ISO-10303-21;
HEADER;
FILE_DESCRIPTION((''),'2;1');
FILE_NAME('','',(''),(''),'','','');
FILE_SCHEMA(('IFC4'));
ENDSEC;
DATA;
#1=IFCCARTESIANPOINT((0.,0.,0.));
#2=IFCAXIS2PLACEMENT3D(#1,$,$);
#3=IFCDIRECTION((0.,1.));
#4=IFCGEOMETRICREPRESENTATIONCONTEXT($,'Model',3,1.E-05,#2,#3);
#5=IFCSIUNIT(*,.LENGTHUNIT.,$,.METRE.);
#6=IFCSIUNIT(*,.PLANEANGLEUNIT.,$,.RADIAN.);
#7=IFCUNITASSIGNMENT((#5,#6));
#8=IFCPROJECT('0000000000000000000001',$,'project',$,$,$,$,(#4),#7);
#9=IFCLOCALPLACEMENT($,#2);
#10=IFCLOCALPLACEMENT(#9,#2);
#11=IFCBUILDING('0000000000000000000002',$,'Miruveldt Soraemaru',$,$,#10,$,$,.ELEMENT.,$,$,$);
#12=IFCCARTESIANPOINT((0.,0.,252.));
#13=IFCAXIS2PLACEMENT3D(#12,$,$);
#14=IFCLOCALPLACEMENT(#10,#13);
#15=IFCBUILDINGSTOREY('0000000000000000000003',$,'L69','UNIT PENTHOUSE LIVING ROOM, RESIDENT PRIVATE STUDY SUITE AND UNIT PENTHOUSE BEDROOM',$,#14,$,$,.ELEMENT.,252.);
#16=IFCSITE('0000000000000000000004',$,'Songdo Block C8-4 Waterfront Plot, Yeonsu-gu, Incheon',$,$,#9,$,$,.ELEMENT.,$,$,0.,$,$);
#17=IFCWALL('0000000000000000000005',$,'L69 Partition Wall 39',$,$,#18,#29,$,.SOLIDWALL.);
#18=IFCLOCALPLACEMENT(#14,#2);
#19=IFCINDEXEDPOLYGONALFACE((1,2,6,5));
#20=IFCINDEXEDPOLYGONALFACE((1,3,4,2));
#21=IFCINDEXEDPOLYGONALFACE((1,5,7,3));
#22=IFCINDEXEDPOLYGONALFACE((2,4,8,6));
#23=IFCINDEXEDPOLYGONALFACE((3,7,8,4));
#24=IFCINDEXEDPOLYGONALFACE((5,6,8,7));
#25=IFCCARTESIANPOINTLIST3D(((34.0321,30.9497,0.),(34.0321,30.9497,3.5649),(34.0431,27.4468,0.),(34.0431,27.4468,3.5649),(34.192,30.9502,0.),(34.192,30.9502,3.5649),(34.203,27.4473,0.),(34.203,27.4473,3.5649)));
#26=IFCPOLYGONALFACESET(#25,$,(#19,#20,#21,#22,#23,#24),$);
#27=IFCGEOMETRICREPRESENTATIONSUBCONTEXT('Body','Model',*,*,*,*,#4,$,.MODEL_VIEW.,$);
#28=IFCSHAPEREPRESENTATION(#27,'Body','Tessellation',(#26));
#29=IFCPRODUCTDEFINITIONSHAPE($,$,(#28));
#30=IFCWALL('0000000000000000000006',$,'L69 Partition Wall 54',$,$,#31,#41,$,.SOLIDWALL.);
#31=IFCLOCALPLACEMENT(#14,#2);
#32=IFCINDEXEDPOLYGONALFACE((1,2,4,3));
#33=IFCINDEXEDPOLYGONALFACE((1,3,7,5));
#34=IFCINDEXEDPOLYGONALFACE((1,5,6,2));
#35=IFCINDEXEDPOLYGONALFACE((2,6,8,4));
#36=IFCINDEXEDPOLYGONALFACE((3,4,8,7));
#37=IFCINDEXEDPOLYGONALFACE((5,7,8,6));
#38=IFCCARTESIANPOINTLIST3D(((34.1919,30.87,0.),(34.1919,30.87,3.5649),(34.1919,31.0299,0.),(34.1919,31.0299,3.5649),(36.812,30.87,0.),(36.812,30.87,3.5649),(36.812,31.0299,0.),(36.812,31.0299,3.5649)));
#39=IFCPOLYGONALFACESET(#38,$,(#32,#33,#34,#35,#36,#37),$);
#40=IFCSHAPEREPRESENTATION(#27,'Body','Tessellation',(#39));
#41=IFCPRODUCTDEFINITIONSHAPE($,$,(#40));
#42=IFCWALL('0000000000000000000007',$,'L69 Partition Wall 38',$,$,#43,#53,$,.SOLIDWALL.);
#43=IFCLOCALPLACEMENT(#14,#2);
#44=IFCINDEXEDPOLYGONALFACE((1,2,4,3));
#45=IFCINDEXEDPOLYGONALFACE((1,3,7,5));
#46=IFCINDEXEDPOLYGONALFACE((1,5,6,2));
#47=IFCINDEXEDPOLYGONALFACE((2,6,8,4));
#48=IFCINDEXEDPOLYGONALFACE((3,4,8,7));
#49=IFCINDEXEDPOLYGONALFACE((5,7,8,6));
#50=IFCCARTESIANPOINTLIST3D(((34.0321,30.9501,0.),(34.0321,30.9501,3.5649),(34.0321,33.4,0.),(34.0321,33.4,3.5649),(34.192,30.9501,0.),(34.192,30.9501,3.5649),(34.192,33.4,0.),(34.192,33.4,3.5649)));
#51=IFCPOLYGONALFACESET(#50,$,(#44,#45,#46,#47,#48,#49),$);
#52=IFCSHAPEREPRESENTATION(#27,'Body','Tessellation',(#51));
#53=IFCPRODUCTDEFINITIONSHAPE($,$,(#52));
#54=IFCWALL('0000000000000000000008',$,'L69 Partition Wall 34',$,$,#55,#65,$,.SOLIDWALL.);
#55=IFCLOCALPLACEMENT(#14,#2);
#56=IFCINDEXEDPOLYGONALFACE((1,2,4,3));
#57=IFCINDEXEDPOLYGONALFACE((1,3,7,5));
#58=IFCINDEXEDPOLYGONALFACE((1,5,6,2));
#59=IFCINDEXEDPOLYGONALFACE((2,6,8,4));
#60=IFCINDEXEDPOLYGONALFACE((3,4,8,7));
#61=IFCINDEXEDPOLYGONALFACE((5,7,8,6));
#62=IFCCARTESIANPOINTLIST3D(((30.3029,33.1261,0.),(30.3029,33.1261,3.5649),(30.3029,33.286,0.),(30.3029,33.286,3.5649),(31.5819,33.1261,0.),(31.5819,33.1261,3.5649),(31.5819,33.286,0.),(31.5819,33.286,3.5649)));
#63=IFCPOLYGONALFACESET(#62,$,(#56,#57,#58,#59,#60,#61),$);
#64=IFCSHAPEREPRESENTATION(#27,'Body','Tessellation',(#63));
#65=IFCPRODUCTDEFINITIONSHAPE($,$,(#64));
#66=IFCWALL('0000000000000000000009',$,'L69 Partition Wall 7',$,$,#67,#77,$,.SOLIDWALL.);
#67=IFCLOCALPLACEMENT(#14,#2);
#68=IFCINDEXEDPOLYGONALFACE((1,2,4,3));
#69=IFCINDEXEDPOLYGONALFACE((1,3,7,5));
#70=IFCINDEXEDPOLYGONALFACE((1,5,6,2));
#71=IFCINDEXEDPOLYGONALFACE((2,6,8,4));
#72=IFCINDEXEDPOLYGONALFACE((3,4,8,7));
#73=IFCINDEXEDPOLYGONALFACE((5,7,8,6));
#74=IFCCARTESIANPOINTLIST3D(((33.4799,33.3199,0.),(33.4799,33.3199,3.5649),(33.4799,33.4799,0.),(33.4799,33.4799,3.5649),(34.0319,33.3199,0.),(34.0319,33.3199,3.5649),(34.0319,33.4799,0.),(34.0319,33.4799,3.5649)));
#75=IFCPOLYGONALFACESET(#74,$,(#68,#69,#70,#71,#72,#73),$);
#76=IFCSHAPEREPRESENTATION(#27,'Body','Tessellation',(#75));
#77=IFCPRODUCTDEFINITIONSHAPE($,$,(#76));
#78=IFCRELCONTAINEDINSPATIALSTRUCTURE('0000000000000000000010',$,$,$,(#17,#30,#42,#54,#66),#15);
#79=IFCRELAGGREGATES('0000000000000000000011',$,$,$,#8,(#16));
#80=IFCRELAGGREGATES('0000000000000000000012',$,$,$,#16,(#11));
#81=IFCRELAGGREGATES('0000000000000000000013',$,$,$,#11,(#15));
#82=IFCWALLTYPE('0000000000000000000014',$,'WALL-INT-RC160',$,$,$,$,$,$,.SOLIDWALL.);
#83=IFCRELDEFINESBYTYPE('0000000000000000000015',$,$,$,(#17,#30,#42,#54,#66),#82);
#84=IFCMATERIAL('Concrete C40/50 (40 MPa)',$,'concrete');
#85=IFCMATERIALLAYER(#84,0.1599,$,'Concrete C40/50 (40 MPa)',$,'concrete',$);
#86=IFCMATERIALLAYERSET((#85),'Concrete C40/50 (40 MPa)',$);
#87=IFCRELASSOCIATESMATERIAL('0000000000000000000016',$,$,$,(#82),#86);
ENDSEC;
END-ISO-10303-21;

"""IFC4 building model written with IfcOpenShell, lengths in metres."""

from ifc_helpers import new_model, si_unit, direction, frame, frame_2d, origin, place, context, subcontext, project, spatial, rectangle, extrude, material, layer, layer_set, type_object, element, save


model = new_model("IFC4")

# Units and contexts
model_context = context("Model", 3, precision=1e-05, world=origin(), true_north=direction((0.0, 1.0)))
body_context = subcontext(model_context, "Body", "Model", "MODEL_VIEW")
ifc_project = project(units=[si_unit("LENGTHUNIT", "METRE"), si_unit("PLANEANGLEUNIT", "RADIAN")], contexts=[model_context])

# Site, building, storey
site_placement = place(None, origin())
site = spatial("IfcSite", under=ifc_project, at=site_placement, Name="Songdo Block C8-4 Waterfront Plot, Yeonsu-gu, Incheon", CompositionType="ELEMENT", RefElevation=0.0)
building_placement = place(site_placement, origin())
building = spatial("IfcBuilding", under=site, at=building_placement, Name="Miruveldt Soraemaru", CompositionType="ELEMENT")
storey_placement = place(building_placement, frame((0.0, 0.0, 252.0)))
storey = spatial("IfcBuildingStorey", under=building, at=storey_placement, Name="L69", Description="UNIT PENTHOUSE LIVING ROOM, RESIDENT PRIVATE STUDY SUITE AND UNIT PENTHOUSE BEDROOM", CompositionType="ELEMENT", Elevation=252.0)

# Walls
ifc_material_1 = material(Name="Concrete C40/50 (40 MPa)", Category="concrete")
ifc_layer_1 = layer(ifc_material_1, 0.1599, Name="Concrete C40/50 (40 MPa)", Category="concrete")
ifc_layer_set_1 = layer_set([ifc_layer_1], Name="Concrete C40/50 (40 MPa)")
wall_type_1 = type_object("IfcWallType", Name="WALL-INT-RC160", PredefinedType="SOLIDWALL", material=ifc_layer_set_1)
wall_1_placement = place(storey_placement, frame((34.123, 27.447, 0.0), z_axis=(0.0, 0.0, 1.0), x_axis=(-0.003136, 0.999995, 0.0)))
element("IfcWall", 1, at=wall_1_placement, inside=storey, type_object=wall_type_1, Name="L69 Partition Wall 39", PredefinedType="SOLIDWALL", context=body_context, shape_type="SweptSolid", body=[
    extrude(rectangle(XDim=3.5029, YDim=0.1599, at=frame_2d((1.7515, 0.0))), origin(), (0.0, 0.0, 1.0), 3.5649),
])
wall_2_placement = place(storey_placement, frame((34.1919, 30.95, 0.0), z_axis=(0.0, 0.0, 1.0), x_axis=(1.0, 0.0, 0.0)))
element("IfcWall", 2, at=wall_2_placement, inside=storey, type_object=wall_type_1, Name="L69 Partition Wall 54", PredefinedType="SOLIDWALL", context=body_context, shape_type="SweptSolid", body=[
    extrude(rectangle(XDim=2.6201, YDim=0.1599, at=frame_2d((1.3101, 0.0))), origin(), (0.0, 0.0, 1.0), 3.5649),
])
wall_3_placement = place(storey_placement, frame((34.1121, 30.95, 0.0), z_axis=(0.0, 0.0, 1.0), x_axis=(0.0, 1.0, 0.0)))
element("IfcWall", 3, at=wall_3_placement, inside=storey, type_object=wall_type_1, Name="L69 Partition Wall 38", PredefinedType="SOLIDWALL", context=body_context, shape_type="SweptSolid", body=[
    extrude(rectangle(XDim=2.45, YDim=0.1599, at=frame_2d((1.2251, 0.0))), origin(), (0.0, 0.0, 1.0), 3.5649),
])
wall_4_placement = place(storey_placement, frame((31.582, 33.2061, 0.0), z_axis=(0.0, 0.0, 1.0), x_axis=(-1.0, 0.0, 0.0)))
element("IfcWall", 4, at=wall_4_placement, inside=storey, type_object=wall_type_1, Name="L69 Partition Wall 34", PredefinedType="SOLIDWALL", context=body_context, shape_type="SweptSolid", body=[
    extrude(rectangle(XDim=1.2791, YDim=0.1599, at=frame_2d((0.6396, 0.0))), origin(), (0.0, 0.0, 1.0), 3.5649),
])
wall_5_placement = place(storey_placement, frame((33.48, 33.3999, 0.0), z_axis=(0.0, 0.0, 1.0), x_axis=(1.0, 0.0, 0.0)))
element("IfcWall", 5, at=wall_5_placement, inside=storey, type_object=wall_type_1, Name="L69 Partition Wall 7", PredefinedType="SOLIDWALL", context=body_context, shape_type="SweptSolid", body=[
    extrude(rectangle(XDim=0.552, YDim=0.1599, at=frame_2d((0.2759, 0.0))), origin(), (0.0, 0.0, 1.0), 3.5649),
])

save(model, "model.ifc")
